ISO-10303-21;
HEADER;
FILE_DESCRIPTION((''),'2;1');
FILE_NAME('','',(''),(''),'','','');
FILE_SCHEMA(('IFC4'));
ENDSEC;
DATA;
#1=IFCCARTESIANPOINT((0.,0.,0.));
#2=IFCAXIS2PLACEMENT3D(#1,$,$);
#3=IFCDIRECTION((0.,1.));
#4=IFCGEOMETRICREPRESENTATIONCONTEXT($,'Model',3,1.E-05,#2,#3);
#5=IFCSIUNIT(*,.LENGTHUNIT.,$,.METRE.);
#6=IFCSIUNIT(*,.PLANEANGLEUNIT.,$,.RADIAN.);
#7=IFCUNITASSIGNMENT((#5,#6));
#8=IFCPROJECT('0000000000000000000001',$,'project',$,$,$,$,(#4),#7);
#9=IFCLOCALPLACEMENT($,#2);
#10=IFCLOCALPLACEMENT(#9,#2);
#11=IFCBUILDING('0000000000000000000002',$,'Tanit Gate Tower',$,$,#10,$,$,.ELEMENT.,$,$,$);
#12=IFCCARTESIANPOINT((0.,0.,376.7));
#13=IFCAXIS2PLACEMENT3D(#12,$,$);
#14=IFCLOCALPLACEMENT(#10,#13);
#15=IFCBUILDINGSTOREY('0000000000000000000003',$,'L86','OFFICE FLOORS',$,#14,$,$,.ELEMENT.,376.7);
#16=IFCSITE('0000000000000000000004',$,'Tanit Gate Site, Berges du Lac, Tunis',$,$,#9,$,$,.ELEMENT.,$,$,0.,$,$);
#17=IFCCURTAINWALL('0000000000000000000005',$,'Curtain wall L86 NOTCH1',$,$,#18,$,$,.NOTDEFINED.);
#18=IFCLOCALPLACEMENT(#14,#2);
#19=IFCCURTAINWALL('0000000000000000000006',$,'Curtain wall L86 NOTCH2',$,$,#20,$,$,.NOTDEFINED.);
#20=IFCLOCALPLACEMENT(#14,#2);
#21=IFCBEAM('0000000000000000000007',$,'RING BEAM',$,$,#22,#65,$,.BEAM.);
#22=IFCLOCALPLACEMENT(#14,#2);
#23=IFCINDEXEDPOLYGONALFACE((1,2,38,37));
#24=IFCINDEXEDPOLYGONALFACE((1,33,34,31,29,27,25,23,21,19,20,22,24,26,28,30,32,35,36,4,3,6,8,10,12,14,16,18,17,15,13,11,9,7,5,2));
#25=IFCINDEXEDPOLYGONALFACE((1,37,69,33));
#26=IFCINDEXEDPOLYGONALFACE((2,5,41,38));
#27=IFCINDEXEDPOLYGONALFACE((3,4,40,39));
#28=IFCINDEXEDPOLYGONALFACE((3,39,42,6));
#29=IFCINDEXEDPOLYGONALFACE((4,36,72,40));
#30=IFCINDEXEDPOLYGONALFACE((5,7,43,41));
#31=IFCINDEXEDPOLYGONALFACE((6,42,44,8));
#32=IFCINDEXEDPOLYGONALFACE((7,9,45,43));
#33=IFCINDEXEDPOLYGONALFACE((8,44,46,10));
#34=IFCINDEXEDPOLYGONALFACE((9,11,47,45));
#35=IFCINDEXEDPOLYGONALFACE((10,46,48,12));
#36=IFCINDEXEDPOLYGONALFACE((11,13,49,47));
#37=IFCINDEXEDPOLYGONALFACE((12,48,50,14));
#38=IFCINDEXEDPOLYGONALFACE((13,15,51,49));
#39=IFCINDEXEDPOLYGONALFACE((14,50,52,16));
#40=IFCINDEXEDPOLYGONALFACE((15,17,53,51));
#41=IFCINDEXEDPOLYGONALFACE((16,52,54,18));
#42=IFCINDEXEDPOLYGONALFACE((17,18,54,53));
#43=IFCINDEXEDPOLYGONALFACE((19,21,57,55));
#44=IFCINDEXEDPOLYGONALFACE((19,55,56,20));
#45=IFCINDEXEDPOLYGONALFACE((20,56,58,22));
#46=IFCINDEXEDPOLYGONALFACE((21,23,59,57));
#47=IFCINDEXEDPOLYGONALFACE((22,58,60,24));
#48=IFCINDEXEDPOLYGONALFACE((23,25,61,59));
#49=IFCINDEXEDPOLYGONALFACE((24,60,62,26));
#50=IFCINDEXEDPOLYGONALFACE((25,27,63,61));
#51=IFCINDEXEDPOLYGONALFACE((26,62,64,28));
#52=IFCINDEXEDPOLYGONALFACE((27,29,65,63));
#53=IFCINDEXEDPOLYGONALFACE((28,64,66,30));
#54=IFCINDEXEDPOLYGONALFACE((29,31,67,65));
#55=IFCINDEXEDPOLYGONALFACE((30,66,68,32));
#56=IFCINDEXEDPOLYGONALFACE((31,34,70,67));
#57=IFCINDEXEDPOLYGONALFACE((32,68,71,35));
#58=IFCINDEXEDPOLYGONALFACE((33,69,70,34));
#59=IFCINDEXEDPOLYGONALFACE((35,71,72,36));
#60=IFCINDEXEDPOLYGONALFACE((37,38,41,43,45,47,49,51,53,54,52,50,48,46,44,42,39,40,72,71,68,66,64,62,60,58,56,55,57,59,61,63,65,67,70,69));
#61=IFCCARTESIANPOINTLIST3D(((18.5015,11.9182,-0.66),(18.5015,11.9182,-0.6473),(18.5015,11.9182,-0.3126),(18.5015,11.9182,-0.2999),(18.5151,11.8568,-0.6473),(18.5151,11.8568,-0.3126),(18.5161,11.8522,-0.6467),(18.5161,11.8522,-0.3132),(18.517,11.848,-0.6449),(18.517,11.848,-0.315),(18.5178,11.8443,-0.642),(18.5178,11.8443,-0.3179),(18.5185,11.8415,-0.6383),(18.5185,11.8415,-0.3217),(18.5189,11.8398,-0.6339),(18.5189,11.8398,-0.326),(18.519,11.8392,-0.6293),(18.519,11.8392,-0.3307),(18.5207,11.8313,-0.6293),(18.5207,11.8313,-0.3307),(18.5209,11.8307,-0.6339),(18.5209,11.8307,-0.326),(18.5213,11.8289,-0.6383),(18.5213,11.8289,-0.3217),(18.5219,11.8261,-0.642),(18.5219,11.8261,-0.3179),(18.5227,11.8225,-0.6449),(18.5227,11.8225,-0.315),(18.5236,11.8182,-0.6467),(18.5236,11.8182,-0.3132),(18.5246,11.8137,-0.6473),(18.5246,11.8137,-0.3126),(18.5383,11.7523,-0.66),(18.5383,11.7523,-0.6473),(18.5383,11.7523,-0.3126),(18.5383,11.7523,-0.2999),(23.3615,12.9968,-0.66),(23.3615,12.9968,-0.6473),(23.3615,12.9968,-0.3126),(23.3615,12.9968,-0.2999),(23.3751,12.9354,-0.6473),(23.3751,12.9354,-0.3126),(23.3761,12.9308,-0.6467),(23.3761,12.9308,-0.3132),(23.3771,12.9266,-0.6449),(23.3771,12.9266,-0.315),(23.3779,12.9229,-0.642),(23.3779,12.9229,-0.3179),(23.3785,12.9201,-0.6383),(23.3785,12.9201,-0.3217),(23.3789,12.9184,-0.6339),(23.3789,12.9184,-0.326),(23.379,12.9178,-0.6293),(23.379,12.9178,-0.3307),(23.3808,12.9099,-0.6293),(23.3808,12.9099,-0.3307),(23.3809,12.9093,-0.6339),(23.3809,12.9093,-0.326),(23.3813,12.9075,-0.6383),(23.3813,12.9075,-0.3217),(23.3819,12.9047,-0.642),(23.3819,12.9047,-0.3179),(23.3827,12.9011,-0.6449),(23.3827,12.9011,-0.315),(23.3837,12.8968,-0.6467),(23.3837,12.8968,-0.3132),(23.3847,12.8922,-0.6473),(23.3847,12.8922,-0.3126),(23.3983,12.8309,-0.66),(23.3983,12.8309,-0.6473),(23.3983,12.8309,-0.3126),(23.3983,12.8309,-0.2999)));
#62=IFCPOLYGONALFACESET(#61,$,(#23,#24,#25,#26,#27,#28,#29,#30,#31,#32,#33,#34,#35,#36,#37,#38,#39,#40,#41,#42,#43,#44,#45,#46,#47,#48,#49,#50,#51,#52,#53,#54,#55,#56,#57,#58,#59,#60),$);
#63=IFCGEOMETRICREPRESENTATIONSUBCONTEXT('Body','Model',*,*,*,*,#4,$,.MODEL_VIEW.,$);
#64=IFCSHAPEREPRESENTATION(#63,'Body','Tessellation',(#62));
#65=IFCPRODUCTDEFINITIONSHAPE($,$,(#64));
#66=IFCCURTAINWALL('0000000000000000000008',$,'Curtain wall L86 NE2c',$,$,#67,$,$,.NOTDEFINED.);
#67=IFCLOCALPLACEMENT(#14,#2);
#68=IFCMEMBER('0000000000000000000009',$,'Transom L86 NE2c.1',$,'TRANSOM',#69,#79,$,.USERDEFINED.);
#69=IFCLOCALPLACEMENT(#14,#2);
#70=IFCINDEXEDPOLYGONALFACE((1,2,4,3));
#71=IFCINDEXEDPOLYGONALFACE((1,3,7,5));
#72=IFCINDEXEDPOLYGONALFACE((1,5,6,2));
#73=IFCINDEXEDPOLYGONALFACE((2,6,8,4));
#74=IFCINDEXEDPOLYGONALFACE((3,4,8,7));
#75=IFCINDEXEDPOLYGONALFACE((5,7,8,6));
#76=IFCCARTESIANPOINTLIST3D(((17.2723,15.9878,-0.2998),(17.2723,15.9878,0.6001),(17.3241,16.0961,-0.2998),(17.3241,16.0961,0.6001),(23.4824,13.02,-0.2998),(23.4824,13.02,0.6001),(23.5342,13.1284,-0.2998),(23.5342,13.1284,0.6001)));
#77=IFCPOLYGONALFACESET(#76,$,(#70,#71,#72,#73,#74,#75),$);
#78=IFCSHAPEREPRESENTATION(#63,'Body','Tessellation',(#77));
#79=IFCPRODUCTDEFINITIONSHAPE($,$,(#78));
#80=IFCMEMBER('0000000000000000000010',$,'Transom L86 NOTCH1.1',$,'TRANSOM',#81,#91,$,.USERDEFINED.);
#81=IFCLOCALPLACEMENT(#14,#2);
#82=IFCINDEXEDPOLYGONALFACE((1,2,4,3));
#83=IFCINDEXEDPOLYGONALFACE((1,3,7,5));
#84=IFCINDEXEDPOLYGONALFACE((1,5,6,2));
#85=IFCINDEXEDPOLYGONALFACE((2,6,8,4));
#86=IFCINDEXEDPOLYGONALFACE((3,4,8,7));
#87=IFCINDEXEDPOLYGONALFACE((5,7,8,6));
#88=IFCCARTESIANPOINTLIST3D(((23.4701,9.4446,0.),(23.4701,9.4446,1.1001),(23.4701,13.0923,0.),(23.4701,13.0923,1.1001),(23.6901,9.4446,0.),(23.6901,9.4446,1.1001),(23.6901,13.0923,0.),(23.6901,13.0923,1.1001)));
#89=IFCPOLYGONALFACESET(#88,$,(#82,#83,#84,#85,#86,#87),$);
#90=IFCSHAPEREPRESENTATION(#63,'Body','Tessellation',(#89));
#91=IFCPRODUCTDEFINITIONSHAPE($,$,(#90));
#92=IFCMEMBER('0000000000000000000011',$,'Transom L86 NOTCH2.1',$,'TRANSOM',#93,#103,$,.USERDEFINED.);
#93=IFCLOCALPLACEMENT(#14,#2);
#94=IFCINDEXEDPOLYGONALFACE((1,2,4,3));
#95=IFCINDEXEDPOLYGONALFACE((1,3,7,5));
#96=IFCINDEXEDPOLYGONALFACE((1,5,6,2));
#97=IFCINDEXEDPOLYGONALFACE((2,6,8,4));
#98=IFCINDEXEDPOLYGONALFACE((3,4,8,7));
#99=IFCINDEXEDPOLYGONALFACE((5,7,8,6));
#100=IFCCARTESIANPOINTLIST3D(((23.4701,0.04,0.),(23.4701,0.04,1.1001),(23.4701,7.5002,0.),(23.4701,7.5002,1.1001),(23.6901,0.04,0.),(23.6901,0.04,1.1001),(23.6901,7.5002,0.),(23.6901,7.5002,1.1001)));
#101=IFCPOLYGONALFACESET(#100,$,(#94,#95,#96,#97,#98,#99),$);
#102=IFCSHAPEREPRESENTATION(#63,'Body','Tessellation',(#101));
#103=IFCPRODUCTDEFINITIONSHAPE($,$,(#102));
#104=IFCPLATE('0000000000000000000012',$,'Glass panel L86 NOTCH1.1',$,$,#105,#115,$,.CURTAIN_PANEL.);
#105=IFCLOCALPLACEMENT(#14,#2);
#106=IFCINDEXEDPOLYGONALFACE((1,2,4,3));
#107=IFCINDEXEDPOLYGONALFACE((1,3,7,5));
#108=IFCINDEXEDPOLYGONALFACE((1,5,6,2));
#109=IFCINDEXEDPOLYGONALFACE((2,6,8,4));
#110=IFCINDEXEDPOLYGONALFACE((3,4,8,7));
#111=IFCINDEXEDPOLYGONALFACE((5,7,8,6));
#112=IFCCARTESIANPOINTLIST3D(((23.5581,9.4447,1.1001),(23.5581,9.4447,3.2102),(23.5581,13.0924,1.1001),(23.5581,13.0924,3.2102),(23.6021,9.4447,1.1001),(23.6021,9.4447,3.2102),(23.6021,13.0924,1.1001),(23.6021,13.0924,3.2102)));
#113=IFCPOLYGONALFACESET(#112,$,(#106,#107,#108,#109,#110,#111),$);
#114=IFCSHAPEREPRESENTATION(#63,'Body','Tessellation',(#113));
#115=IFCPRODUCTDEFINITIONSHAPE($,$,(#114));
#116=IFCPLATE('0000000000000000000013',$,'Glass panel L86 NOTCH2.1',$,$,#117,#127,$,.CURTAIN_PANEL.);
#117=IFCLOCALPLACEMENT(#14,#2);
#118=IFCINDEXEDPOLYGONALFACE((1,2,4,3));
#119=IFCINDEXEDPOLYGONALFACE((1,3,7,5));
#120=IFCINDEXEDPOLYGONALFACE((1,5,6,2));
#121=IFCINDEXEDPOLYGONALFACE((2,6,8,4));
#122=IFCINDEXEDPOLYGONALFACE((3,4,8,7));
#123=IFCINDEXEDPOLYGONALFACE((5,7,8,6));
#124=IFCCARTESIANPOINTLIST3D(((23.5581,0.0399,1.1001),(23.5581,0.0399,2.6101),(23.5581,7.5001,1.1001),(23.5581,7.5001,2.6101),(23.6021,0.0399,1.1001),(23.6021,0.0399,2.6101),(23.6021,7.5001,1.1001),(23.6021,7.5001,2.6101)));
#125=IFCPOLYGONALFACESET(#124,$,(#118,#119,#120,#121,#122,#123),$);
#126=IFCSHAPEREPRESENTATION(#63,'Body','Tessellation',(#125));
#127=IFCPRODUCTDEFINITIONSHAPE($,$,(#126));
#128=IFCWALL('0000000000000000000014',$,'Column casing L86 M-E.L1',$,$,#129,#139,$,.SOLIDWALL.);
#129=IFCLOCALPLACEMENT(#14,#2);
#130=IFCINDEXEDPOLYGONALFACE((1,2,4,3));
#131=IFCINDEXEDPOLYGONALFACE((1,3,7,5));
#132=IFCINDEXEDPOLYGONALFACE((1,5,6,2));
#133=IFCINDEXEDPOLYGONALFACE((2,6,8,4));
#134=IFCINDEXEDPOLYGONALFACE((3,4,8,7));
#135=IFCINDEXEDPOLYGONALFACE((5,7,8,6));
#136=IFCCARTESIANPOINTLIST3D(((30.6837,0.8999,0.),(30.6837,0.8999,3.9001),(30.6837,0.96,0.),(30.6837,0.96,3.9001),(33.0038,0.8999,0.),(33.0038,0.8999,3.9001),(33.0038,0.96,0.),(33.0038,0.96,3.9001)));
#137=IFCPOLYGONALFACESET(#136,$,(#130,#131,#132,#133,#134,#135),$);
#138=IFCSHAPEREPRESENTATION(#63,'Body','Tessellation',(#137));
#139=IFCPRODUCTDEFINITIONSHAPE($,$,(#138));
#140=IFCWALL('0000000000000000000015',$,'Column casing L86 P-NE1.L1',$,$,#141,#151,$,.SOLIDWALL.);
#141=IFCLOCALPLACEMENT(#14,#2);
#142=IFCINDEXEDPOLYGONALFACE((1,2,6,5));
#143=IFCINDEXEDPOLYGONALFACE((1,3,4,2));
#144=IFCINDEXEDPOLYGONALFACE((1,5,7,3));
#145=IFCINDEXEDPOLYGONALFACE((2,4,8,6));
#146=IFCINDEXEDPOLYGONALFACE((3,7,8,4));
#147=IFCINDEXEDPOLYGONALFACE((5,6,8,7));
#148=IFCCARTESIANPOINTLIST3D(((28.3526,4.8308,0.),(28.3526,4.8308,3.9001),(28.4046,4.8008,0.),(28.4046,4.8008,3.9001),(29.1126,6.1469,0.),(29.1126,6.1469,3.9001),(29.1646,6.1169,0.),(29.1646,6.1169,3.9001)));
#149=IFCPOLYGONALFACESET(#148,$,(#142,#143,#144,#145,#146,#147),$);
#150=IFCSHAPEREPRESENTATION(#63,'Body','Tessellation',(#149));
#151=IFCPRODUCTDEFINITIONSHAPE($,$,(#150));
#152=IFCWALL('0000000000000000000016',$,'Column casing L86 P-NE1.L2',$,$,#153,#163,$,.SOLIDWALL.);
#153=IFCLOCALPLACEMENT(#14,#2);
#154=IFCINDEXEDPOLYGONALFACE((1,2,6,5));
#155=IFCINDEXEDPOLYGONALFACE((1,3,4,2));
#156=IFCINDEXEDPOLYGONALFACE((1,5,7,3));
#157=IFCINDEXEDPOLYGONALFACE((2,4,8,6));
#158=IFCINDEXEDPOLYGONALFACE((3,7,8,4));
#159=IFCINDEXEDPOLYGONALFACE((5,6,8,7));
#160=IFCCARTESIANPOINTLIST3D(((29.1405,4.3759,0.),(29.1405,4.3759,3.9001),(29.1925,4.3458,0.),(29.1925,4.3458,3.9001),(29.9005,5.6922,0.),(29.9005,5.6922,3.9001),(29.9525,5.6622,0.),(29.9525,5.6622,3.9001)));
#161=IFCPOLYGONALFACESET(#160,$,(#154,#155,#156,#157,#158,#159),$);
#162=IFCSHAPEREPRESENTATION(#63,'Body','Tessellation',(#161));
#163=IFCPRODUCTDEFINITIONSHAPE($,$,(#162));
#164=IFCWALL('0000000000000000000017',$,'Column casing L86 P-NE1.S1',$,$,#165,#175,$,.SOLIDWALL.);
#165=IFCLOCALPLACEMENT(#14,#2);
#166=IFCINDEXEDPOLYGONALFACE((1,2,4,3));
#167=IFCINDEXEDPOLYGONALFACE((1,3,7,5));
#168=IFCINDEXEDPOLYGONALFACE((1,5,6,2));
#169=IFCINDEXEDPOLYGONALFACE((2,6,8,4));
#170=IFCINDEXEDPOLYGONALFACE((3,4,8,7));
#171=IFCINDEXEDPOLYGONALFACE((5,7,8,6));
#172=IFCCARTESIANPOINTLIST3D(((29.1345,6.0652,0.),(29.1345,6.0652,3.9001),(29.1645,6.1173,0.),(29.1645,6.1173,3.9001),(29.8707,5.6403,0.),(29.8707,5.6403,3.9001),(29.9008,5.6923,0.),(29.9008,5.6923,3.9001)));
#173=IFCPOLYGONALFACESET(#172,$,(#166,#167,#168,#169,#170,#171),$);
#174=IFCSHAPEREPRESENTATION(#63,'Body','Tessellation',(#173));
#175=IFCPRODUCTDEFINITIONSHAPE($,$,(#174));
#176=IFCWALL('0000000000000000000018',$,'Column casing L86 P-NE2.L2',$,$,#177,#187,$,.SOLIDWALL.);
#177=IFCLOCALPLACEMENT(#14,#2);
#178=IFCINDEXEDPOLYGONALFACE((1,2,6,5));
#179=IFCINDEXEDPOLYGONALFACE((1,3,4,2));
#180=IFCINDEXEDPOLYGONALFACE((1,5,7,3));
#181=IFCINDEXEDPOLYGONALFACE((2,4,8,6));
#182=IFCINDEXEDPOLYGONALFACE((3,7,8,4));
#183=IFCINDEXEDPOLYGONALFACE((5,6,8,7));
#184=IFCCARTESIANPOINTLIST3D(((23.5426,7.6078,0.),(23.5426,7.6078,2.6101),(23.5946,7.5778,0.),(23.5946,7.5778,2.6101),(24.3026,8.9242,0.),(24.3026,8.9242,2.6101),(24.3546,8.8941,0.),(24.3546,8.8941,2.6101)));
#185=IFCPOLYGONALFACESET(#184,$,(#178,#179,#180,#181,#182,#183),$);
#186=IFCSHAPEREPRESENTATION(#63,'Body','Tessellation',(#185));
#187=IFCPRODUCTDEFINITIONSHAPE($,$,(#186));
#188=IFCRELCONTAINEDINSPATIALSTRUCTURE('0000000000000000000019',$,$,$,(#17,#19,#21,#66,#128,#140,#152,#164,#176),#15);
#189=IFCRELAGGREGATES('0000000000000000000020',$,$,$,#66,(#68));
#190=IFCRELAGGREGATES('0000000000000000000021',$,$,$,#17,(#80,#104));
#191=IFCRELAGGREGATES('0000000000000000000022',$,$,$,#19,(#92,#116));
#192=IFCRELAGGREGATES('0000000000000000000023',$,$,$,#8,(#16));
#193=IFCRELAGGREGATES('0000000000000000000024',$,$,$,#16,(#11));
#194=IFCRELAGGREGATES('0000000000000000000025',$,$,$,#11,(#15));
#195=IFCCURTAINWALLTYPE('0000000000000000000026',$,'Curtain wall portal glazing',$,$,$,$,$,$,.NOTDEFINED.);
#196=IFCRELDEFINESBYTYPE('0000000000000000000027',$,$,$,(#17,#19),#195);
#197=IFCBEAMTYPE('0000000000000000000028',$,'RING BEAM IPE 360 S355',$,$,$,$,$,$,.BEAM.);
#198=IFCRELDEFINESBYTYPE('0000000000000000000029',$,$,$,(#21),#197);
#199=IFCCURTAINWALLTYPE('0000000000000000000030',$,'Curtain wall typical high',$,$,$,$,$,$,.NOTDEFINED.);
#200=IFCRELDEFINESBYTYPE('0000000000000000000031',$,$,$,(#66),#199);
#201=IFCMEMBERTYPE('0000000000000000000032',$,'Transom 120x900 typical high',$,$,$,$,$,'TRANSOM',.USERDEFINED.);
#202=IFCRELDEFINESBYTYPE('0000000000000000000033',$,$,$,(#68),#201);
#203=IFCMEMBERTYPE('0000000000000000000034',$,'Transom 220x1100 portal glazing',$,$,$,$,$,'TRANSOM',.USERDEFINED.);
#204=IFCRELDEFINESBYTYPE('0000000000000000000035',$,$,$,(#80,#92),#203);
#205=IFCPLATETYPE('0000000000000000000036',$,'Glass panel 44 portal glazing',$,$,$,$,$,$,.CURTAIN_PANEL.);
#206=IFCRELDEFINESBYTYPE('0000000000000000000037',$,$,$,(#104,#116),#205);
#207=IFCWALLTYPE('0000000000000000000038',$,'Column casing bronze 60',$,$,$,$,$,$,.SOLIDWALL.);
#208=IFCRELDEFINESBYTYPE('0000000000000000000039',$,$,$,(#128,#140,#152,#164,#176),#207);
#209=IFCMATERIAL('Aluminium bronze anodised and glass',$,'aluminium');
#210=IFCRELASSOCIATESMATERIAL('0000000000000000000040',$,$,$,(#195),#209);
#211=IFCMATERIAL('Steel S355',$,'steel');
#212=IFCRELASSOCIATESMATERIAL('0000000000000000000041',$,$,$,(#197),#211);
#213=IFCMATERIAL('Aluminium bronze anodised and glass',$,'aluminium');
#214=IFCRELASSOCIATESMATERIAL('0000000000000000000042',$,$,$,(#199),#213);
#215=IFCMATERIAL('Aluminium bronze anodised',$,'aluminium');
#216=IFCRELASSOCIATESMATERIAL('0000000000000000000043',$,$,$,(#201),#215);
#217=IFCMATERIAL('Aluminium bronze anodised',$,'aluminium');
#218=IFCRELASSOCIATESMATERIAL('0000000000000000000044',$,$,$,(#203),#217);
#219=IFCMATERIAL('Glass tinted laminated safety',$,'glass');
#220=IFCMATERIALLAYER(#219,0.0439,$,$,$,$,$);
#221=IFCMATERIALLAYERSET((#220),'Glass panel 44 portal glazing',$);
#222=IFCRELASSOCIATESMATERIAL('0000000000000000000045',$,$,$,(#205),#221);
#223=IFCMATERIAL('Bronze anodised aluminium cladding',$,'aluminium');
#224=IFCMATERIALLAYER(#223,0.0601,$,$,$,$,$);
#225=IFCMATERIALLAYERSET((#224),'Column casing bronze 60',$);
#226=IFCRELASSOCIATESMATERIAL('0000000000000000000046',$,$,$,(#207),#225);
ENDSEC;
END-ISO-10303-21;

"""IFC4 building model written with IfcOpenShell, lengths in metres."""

from ifc_helpers import new_model, si_unit, direction, frame, frame_2d, origin, origin_2d, place, context, subcontext, project, spatial, rectangle, i_section, extrude, material, layer, layer_set, material_profile, profile_set, type_object, element, aggregate, save


model = new_model("IFC4")

# Units and contexts
model_context = context("Model", 3, precision=1e-05, world=origin(), true_north=direction((0.0, 1.0)))
body_context = subcontext(model_context, "Body", "Model", "MODEL_VIEW")
ifc_project = project(units=[si_unit("LENGTHUNIT", "METRE"), si_unit("PLANEANGLEUNIT", "RADIAN")], contexts=[model_context])

# Site, building, storey
site_placement = place(None, origin())
site = spatial("IfcSite", under=ifc_project, at=site_placement, Name="Tanit Gate Site, Berges du Lac, Tunis", CompositionType="ELEMENT", RefElevation=0.0)
building_placement = place(site_placement, origin())
building = spatial("IfcBuilding", under=site, at=building_placement, Name="Tanit Gate Tower", CompositionType="ELEMENT")
storey_placement = place(building_placement, frame((0.0, 0.0, 376.7)))
storey = spatial("IfcBuildingStorey", under=building, at=storey_placement, Name="L86", Description="OFFICE FLOORS", CompositionType="ELEMENT", Elevation=376.7)

# Curtain walls
ifc_material_1 = material(Name="Aluminium bronze anodised and glass", Category="aluminium")
curtain_wall_type_1 = type_object("IfcCurtainWallType", Name="Curtain wall portal glazing", PredefinedType="NOTDEFINED", material=ifc_material_1)
curtain_wall_1_placement = place(storey_placement, origin())
curtain_wall_1 = element("IfcCurtainWall", 1, at=curtain_wall_1_placement, inside=storey, type_object=curtain_wall_type_1, Name="Curtain wall L86 NOTCH1", PredefinedType="NOTDEFINED")
curtain_wall_2_placement = place(storey_placement, origin())
curtain_wall_2 = element("IfcCurtainWall", 2, at=curtain_wall_2_placement, inside=storey, type_object=curtain_wall_type_1, Name="Curtain wall L86 NOTCH2", PredefinedType="NOTDEFINED")

# Beam
ifc_material_2 = material(Name="Steel S355", Category="steel")
ifc_material_profile_1 = material_profile(ifc_material_2, i_section(OverallWidth=0.1699, OverallDepth=0.3601, WebThickness=0.0081, FlangeThickness=0.0127, FilletRadius=0.0181, at=origin_2d()), Name="IPE 360")
ifc_profile_set_1 = profile_set([ifc_material_profile_1], Name="Steel S355")
beam_type_1 = type_object("IfcBeamType", Name="RING BEAM IPE 360 S355", PredefinedType="BEAM", material=ifc_profile_set_1)
beam_1_placement = place(storey_placement, frame((23.3799, 12.9138, -0.48), z_axis=(-0.976247, -0.21666, 0.0), x_axis=(0.21666, -0.976247, 0.0)))
element("IfcBeam", 3, at=beam_1_placement, inside=storey, type_object=beam_type_1, Name="RING BEAM", PredefinedType="BEAM", context=body_context, shape_type="SweptSolid", body=[
    extrude(i_section(OverallWidth=0.1699, OverallDepth=0.3601, WebThickness=0.0081, FlangeThickness=0.0127, FilletRadius=0.0181, at=origin_2d()), origin(), (0.0, 0.0, 1.0), 4.9783),
])

# Curtain wall, member
ifc_material_3 = material(Name="Aluminium bronze anodised and glass", Category="aluminium")
curtain_wall_type_2 = type_object("IfcCurtainWallType", Name="Curtain wall typical high", PredefinedType="NOTDEFINED", material=ifc_material_3)
curtain_wall_3_placement = place(storey_placement, origin())
curtain_wall_3 = element("IfcCurtainWall", 4, at=curtain_wall_3_placement, inside=storey, type_object=curtain_wall_type_2, Name="Curtain wall L86 NE2c", PredefinedType="NOTDEFINED")
ifc_material_4 = material(Name="Aluminium bronze anodised", Category="aluminium")
ifc_material_profile_2 = material_profile(ifc_material_4, rectangle(XDim=0.1201, YDim=0.8999, at=origin_2d()), Name="120x900 bronze transom")
ifc_profile_set_2 = profile_set([ifc_material_profile_2], Name="Aluminium bronze anodised")
member_type_1 = type_object("IfcMemberType", Name="Transom 120x900 typical high", ElementType="TRANSOM", PredefinedType="USERDEFINED", material=ifc_profile_set_2)
member_1_placement = place(storey_placement, frame((23.5083, 13.0742, 0.1501), z_axis=(-0.902266, 0.431181, 0.0), x_axis=(-0.431181, -0.902266, 0.0)))
member_1 = element("IfcMember", 5, at=member_1_placement, type_object=member_type_1, Name="Transom L86 NE2c.1", ObjectType="TRANSOM", PredefinedType="USERDEFINED", context=body_context, shape_type="SweptSolid", body=[
    extrude(rectangle(XDim=0.1201, YDim=0.8999, at=origin_2d()), origin(), (0.0, 0.0, 1.0), 6.8828),
])
aggregate(curtain_wall_3, [member_1])

# Members
ifc_material_5 = material(Name="Aluminium bronze anodised", Category="aluminium")
ifc_material_profile_3 = material_profile(ifc_material_5, rectangle(XDim=0.22, YDim=1.1001, at=origin_2d()), Name="220x1100 bronze transom")
ifc_profile_set_3 = profile_set([ifc_material_profile_3], Name="Aluminium bronze anodised")
member_type_2 = type_object("IfcMemberType", Name="Transom 220x1100 portal glazing", ElementType="TRANSOM", PredefinedType="USERDEFINED", material=ifc_profile_set_3)
member_2_placement = place(storey_placement, frame((23.5801, 13.0923, 0.55), z_axis=(0.0, -1.0, 0.0), x_axis=(1.0, 0.0, 0.0)))
member_2 = element("IfcMember", 6, at=member_2_placement, type_object=member_type_2, Name="Transom L86 NOTCH1.1", ObjectType="TRANSOM", PredefinedType="USERDEFINED", context=body_context, shape_type="SweptSolid", body=[
    extrude(rectangle(XDim=0.22, YDim=1.1001, at=origin_2d()), origin(), (0.0, 0.0, 1.0), 3.6477),
])
member_3_placement = place(storey_placement, frame((23.5801, 7.5002, 0.55), z_axis=(0.0, -1.0, 0.0), x_axis=(1.0, 0.0, 0.0)))
member_3 = element("IfcMember", 7, at=member_3_placement, type_object=member_type_2, Name="Transom L86 NOTCH2.1", ObjectType="TRANSOM", PredefinedType="USERDEFINED", context=body_context, shape_type="SweptSolid", body=[
    extrude(rectangle(XDim=0.22, YDim=1.1001, at=origin_2d()), origin(), (0.0, 0.0, 1.0), 7.4602),
])

# Plates
ifc_material_6 = material(Name="Glass tinted laminated safety", Category="glass")
ifc_layer_1 = layer(ifc_material_6, 0.0439)
ifc_layer_set_1 = layer_set([ifc_layer_1], Name="Glass panel 44 portal glazing")
plate_type = type_object("IfcPlateType", Name="Glass panel 44 portal glazing", PredefinedType="CURTAIN_PANEL", material=ifc_layer_set_1)
plate_1_placement = place(storey_placement, frame((23.5801, 11.2686, 1.1001), z_axis=(0.0, 0.0, 1.0), x_axis=(0.0, -1.0, 0.0)))
plate_1 = element("IfcPlate", 8, at=plate_1_placement, type_object=plate_type, Name="Glass panel L86 NOTCH1.1", PredefinedType="CURTAIN_PANEL", context=body_context, shape_type="SweptSolid", body=[
    extrude(rectangle(XDim=3.6477, YDim=0.0439, at=origin_2d()), origin(), (0.0, 0.0, 1.0), 2.1101),
])
aggregate(curtain_wall_1, [member_2, plate_1])
plate_2_placement = place(storey_placement, frame((23.5801, 3.77, 1.1001), z_axis=(0.0, 0.0, 1.0), x_axis=(0.0, -1.0, 0.0)))
plate_2 = element("IfcPlate", 9, at=plate_2_placement, type_object=plate_type, Name="Glass panel L86 NOTCH2.1", PredefinedType="CURTAIN_PANEL", context=body_context, shape_type="SweptSolid", body=[
    extrude(rectangle(XDim=7.4602, YDim=0.0439, at=origin_2d()), origin(), (0.0, 0.0, 1.0), 1.51),
])
aggregate(curtain_wall_2, [member_3, plate_2])

# Walls
ifc_material_7 = material(Name="Bronze anodised aluminium cladding", Category="aluminium")
ifc_layer_2 = layer(ifc_material_7, 0.0601)
ifc_layer_set_2 = layer_set([ifc_layer_2], Name="Column casing bronze 60")
wall_type = type_object("IfcWallType", Name="Column casing bronze 60", PredefinedType="SOLIDWALL", material=ifc_layer_set_2)
wall_1_placement = place(storey_placement, frame((30.6836, 0.9299, 0.0), z_axis=(0.0, 0.0, 1.0), x_axis=(1.0, 0.0, 0.0)))
element("IfcWall", 10, at=wall_1_placement, inside=storey, type_object=wall_type, Name="Column casing L86 M-E.L1", PredefinedType="SOLIDWALL", context=body_context, shape_type="SweptSolid", body=[
    extrude(rectangle(XDim=2.3201, YDim=0.0601, at=frame_2d((1.1602, 0.0))), origin(), (0.0, 0.0, 1.0), 3.9001),
])
wall_2_placement = place(storey_placement, frame((28.3787, 4.8159, 0.0), z_axis=(0.0, 0.0, 1.0), x_axis=(0.500061, 0.86599, 0.0)))
element("IfcWall", 11, at=wall_2_placement, inside=storey, type_object=wall_type, Name="Column casing L86 P-NE1.L1", PredefinedType="SOLIDWALL", context=body_context, shape_type="SweptSolid", body=[
    extrude(rectangle(XDim=1.5198, YDim=0.0601, at=frame_2d((0.7598, 0.0))), origin(), (0.0, 0.0, 1.0), 3.9001),
])
wall_3_placement = place(storey_placement, frame((29.1665, 4.3608, 0.0), z_axis=(0.0, 0.0, 1.0), x_axis=(0.499991, 0.86603, 0.0)))
element("IfcWall", 12, at=wall_3_placement, inside=storey, type_object=wall_type, Name="Column casing L86 P-NE1.L2", PredefinedType="SOLIDWALL", context=body_context, shape_type="SweptSolid", body=[
    extrude(rectangle(XDim=1.52, YDim=0.0601, at=frame_2d((0.76, 0.0))), origin(), (0.0, 0.0, 1.0), 3.9001),
])
wall_4_placement = place(storey_placement, frame((29.8857, 5.6663, 0.0), z_axis=(0.0, 0.0, 1.0), x_axis=(-0.866061, 0.499938, 0.0)))
element("IfcWall", 13, at=wall_4_placement, inside=storey, type_object=wall_type, Name="Column casing L86 P-NE1.S1", PredefinedType="SOLIDWALL", context=body_context, shape_type="SweptSolid", body=[
    extrude(rectangle(XDim=0.8501, YDim=0.0601, at=frame_2d((0.425, 0.0))), origin(), (0.0, 0.0, 1.0), 3.9001),
])
wall_5_placement = place(storey_placement, frame((23.5686, 7.5928, 0.0), z_axis=(0.0, 0.0, 1.0), x_axis=(0.499991, 0.86603, 0.0)))
element("IfcWall", 14, at=wall_5_placement, inside=storey, type_object=wall_type, Name="Column casing L86 P-NE2.L2", PredefinedType="SOLIDWALL", context=body_context, shape_type="SweptSolid", body=[
    extrude(rectangle(XDim=1.52, YDim=0.0601, at=frame_2d((0.76, 0.0))), origin(), (0.0, 0.0, 1.0), 2.6101),
])

save(model, "model.ifc")
